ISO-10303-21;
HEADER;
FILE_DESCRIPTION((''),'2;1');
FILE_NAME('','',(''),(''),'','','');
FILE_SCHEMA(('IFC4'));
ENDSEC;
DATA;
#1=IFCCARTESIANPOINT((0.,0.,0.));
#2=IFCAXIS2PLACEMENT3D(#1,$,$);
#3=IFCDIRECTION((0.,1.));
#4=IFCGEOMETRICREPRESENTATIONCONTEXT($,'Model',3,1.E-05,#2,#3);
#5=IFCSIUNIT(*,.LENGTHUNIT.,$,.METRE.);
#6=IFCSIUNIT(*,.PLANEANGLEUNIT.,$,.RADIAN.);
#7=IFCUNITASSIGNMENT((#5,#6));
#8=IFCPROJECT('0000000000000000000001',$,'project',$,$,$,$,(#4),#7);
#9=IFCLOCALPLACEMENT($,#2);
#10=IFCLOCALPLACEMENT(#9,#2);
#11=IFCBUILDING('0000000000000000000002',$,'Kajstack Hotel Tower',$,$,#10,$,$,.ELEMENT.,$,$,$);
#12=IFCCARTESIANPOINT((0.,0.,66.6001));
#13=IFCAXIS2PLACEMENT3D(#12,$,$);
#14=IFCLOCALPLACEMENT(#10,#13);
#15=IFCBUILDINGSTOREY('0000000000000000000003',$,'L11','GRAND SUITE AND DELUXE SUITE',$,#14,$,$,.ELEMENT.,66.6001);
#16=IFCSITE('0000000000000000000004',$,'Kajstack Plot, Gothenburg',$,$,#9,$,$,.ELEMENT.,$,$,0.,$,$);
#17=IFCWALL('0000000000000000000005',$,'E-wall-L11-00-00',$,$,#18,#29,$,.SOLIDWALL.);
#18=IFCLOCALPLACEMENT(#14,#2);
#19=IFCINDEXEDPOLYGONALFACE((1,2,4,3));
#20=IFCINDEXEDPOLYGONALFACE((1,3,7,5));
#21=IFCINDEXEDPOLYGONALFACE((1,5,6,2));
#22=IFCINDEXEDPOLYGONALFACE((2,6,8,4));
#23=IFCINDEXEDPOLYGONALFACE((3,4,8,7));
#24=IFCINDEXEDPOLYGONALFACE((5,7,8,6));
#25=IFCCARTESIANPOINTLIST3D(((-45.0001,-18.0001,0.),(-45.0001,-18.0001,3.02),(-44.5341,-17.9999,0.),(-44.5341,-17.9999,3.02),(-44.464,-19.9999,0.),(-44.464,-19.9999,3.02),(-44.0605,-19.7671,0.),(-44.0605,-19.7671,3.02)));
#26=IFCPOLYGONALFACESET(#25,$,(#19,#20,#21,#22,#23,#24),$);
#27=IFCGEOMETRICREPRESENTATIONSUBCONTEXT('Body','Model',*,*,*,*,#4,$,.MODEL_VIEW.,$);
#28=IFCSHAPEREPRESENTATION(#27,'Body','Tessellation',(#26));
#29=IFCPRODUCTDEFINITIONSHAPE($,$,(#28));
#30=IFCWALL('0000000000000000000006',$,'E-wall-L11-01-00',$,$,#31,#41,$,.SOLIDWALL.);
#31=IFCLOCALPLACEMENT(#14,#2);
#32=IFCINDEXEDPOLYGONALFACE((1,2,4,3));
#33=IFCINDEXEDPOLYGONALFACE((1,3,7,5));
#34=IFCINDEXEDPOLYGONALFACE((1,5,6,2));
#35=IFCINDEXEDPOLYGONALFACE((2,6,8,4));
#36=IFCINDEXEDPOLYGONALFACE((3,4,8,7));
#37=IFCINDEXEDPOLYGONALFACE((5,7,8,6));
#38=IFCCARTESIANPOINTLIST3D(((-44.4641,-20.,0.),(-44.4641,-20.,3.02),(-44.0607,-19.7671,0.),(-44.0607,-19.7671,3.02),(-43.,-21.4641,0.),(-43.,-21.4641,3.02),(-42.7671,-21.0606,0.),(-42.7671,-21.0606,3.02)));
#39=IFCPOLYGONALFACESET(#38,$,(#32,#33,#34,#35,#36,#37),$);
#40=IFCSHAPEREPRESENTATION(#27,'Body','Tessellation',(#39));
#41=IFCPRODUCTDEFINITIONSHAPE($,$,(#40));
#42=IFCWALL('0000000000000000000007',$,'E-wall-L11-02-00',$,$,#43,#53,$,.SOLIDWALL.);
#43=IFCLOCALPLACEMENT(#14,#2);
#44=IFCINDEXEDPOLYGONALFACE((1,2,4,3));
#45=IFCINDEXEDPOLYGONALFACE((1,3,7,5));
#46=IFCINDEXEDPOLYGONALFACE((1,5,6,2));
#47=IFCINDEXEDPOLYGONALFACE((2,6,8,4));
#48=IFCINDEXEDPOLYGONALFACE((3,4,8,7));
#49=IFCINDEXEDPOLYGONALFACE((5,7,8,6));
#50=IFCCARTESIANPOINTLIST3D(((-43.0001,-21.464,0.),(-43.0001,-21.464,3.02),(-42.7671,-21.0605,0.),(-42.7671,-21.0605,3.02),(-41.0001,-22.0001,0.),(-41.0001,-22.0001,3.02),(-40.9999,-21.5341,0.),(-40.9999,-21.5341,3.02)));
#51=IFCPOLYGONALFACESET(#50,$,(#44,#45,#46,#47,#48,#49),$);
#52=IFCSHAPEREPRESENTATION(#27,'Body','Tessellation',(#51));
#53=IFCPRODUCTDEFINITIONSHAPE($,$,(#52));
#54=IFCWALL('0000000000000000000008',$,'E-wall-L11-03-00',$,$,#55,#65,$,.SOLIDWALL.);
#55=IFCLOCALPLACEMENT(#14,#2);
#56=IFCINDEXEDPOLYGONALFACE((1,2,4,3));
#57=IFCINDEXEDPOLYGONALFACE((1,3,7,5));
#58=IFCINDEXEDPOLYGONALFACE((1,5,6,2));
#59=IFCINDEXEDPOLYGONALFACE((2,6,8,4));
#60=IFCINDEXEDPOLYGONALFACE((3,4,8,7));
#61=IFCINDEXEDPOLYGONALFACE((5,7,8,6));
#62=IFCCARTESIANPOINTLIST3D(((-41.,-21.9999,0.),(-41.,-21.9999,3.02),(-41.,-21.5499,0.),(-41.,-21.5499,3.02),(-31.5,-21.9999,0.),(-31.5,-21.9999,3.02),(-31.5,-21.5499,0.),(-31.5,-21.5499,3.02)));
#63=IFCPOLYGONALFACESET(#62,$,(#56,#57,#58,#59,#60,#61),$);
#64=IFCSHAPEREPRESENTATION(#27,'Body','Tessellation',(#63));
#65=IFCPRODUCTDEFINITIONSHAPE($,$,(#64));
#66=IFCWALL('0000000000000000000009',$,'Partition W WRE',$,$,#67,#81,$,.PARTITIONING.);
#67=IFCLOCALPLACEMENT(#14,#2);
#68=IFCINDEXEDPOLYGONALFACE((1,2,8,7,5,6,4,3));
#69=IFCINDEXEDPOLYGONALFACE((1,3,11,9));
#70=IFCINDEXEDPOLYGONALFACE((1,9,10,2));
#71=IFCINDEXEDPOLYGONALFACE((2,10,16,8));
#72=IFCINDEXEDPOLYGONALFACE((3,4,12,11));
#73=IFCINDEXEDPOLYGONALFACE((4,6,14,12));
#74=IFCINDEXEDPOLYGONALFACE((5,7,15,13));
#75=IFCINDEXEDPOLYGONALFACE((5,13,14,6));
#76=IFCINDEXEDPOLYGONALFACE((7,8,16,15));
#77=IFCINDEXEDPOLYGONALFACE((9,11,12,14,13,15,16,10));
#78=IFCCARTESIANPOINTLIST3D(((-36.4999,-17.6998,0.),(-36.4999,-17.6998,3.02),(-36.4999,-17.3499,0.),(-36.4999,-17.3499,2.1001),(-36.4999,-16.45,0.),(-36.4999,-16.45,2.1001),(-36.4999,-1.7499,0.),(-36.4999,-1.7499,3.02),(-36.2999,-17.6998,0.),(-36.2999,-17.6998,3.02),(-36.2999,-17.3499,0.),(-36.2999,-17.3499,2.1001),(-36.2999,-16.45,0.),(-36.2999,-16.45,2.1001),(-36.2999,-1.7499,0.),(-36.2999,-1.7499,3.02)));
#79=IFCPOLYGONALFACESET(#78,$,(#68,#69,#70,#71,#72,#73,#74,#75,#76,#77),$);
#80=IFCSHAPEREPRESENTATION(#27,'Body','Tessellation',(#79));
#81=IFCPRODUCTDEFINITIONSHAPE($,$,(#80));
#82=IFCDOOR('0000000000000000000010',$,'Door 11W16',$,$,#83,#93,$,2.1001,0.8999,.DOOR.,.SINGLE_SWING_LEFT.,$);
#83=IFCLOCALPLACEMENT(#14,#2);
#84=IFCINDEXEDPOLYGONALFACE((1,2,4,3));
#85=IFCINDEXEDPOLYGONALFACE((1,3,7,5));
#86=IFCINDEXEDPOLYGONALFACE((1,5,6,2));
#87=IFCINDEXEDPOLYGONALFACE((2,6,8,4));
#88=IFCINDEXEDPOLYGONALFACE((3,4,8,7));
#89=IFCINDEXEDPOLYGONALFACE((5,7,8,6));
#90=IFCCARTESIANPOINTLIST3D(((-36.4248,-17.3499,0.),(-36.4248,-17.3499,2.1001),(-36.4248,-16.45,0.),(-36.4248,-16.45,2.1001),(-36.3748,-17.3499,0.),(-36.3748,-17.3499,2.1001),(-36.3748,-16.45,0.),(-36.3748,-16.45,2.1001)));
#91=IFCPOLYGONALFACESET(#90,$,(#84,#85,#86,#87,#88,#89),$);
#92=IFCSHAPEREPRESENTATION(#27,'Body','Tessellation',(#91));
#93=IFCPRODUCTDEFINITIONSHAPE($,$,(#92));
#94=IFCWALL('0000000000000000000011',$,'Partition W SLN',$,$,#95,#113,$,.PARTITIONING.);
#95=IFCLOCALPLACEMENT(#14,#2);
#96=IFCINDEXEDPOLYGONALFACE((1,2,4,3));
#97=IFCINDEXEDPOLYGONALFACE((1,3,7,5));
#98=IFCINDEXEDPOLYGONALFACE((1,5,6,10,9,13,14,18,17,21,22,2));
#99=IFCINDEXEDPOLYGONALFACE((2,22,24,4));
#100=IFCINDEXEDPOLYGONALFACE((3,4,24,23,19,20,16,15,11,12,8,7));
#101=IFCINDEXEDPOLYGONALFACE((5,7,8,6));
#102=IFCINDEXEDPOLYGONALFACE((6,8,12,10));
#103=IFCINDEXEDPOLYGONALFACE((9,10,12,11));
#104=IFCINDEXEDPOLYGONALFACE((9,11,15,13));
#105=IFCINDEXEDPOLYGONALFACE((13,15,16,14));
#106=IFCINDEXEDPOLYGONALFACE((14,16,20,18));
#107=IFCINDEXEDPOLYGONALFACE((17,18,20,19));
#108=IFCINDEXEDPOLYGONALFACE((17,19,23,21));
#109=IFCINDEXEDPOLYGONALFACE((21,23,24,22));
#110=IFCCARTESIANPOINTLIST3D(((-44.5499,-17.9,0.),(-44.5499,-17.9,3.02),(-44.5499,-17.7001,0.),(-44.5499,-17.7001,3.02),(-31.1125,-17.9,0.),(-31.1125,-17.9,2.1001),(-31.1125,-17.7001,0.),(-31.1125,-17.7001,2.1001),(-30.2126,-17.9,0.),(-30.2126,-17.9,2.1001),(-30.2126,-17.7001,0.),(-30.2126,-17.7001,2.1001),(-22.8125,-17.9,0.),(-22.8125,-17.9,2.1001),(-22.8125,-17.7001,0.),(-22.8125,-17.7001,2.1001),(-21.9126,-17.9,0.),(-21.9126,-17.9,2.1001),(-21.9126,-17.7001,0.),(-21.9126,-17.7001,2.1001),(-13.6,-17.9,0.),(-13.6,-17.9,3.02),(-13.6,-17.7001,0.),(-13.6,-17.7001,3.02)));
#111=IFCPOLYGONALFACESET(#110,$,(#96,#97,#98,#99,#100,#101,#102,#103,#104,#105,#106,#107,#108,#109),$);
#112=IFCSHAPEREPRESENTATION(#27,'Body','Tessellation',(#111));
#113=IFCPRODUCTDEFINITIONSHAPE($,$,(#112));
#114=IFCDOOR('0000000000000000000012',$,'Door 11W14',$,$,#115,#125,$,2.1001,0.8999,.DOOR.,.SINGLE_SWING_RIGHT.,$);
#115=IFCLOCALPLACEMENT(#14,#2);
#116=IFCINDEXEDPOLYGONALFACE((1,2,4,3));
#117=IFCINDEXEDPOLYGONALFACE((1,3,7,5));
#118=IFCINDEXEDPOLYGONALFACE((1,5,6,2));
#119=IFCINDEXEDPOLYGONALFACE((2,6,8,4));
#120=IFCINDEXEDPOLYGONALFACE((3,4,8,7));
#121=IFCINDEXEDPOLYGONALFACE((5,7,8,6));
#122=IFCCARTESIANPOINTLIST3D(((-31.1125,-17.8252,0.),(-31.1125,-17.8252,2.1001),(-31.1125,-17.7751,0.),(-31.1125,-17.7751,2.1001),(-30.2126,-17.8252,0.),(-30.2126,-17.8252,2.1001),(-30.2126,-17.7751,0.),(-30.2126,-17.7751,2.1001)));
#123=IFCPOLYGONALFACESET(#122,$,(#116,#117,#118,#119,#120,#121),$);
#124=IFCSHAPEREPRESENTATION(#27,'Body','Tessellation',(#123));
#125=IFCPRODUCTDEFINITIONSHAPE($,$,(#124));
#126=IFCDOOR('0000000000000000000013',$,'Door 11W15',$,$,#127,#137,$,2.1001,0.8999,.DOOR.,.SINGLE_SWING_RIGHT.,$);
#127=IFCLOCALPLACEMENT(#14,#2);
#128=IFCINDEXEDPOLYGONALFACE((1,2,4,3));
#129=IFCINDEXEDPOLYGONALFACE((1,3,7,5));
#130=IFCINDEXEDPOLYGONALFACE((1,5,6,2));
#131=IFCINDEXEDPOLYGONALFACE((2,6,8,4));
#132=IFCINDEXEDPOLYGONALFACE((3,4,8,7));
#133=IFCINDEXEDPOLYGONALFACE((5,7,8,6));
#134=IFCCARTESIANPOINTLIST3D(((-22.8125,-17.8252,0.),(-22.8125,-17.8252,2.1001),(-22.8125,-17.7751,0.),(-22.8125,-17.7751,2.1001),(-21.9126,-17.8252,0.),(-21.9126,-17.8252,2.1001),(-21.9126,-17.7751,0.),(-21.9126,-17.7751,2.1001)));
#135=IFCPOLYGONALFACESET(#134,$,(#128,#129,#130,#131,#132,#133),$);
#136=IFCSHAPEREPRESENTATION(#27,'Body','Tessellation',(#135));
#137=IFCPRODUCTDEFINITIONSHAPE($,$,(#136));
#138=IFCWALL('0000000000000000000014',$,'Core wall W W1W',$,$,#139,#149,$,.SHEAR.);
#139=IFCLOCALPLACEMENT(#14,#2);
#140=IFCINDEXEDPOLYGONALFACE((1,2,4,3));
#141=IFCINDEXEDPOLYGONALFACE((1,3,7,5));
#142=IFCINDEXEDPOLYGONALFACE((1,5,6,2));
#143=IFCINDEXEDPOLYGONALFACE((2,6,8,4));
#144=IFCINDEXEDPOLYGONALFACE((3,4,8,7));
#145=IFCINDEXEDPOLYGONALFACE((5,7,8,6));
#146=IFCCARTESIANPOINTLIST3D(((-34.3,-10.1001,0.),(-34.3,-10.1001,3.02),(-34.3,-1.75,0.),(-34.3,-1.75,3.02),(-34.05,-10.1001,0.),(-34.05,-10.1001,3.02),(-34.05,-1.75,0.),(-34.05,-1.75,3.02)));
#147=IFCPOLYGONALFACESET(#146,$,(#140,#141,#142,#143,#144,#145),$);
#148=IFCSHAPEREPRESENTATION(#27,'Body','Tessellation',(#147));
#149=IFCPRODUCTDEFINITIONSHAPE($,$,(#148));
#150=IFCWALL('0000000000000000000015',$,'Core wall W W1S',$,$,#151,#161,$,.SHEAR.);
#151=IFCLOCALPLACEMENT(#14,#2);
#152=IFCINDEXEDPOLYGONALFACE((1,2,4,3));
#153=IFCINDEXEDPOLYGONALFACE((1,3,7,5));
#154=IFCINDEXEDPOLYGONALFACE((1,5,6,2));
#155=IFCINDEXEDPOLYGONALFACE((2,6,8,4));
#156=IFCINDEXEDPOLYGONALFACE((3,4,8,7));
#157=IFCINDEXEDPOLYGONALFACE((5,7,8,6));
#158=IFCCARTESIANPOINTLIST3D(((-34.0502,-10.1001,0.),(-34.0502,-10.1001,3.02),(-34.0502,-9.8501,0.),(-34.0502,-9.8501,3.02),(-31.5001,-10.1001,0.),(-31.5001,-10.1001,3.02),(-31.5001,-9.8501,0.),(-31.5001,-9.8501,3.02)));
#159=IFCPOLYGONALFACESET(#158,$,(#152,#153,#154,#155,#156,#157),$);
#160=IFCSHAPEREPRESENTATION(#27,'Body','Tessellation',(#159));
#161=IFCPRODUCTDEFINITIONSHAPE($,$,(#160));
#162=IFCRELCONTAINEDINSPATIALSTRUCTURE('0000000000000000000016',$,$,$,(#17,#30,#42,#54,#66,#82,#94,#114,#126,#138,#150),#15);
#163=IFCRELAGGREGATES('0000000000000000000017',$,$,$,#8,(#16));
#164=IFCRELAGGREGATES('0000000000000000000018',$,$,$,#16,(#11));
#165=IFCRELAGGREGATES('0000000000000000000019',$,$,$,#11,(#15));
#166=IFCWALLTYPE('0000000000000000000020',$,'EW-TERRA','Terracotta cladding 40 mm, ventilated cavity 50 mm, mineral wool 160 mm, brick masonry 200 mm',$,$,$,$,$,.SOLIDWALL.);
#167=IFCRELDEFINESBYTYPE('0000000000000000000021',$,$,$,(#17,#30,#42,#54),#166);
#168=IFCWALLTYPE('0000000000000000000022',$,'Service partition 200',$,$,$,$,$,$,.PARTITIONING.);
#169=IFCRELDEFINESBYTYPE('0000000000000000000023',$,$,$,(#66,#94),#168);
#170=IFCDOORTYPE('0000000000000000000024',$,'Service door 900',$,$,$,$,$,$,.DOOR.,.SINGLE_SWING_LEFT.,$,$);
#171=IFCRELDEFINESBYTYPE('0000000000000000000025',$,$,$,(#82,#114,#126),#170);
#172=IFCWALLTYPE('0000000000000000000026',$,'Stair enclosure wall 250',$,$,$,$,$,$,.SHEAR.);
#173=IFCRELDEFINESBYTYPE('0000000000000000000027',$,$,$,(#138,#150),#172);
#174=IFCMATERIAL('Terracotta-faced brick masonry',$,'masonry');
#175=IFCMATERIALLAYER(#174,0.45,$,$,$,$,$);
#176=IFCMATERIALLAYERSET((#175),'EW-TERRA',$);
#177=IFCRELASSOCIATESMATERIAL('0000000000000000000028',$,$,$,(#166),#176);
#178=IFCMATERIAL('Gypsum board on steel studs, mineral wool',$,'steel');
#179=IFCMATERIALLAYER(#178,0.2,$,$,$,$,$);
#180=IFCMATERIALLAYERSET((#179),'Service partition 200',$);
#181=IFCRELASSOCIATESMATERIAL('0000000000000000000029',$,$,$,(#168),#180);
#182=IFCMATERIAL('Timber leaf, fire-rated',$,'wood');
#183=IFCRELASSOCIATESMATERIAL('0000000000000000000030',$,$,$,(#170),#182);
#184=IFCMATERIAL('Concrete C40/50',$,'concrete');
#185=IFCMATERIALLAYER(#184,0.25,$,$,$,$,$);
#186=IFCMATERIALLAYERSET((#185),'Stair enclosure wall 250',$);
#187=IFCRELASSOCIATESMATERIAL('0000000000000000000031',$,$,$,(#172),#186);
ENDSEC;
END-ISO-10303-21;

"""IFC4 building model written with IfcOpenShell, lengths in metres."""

from ifc_helpers import new_model, si_unit, direction, frame, frame_2d, origin, place, context, subcontext, project, spatial, polyline, rectangle, outline, extrude, material, layer, layer_set, type_object, element, fill, save


model = new_model("IFC4")

# Units and contexts
model_context = context("Model", 3, precision=1e-05, world=origin(), true_north=direction((0.0, 1.0)))
body_context = subcontext(model_context, "Body", "Model", "MODEL_VIEW")
ifc_project = project(units=[si_unit("LENGTHUNIT", "METRE"), si_unit("PLANEANGLEUNIT", "RADIAN")], contexts=[model_context])

# Site, building, storey
site_placement = place(None, origin())
site = spatial("IfcSite", under=ifc_project, at=site_placement, Name="Kajstack Plot, Gothenburg", CompositionType="ELEMENT", RefElevation=0.0)
building_placement = place(site_placement, origin())
building = spatial("IfcBuilding", under=site, at=building_placement, Name="Kajstack Hotel Tower", CompositionType="ELEMENT")
storey_placement = place(building_placement, frame((0.0, 0.0, 66.6001)))
storey = spatial("IfcBuildingStorey", under=building, at=storey_placement, Name="L11", Description="GRAND SUITE AND DELUXE SUITE", CompositionType="ELEMENT", Elevation=66.6001)

# Walls
ifc_material_1 = material(Name="Terracotta-faced brick masonry", Category="masonry")
ifc_layer_1 = layer(ifc_material_1, 0.45)
ifc_layer_set_1 = layer_set([ifc_layer_1], Name="EW-TERRA")
wall_type_1 = type_object("IfcWallType", Name="EW-TERRA", Description="Terracotta cladding 40 mm, ventilated cavity 50 mm, mineral wool 160 mm, brick masonry 200 mm", PredefinedType="SOLIDWALL", material=ifc_layer_set_1)
wall_1_placement = place(storey_placement, frame((-44.7827, -17.9417, 0.0), z_axis=(0.0, 0.0, 1.0), x_axis=(0.258815, -0.965927, 0.0)))
element("IfcWall", 1, at=wall_1_placement, inside=storey, type_object=wall_type_1, Name="E-wall-L11-00-00", PredefinedType="SOLIDWALL", context=body_context, shape_type="SweptSolid", body=[
    extrude(outline(polyline([(0.0002, -0.2251), (2.0706, -0.2249), (1.9502, 0.2251), (0.1206, 0.2251), (0.0002, -0.2251)])), origin(), (0.0, 0.0, 1.0), 3.02),
])
wall_2_placement = place(storey_placement, frame((-44.3049, -19.8408, 0.0), z_axis=(0.0, 0.0, 1.0), x_axis=(0.707107, -0.707107, 0.0)))
element("IfcWall", 2, at=wall_2_placement, inside=storey, type_object=wall_type_1, Name="E-wall-L11-01-00", PredefinedType="SOLIDWALL", context=body_context, shape_type="SweptSolid", body=[
    extrude(outline(polyline([(0.0, -0.2251), (2.0706, -0.2251), (1.95, 0.2249), (0.1206, 0.2249), (0.0, -0.2251)])), origin(), (0.0, 0.0, 1.0), 3.02),
])
wall_3_placement = place(storey_placement, frame((-42.9417, -21.2468, 0.0), z_axis=(0.0, 0.0, 1.0), x_axis=(0.965927, -0.258815, 0.0)))
element("IfcWall", 3, at=wall_3_placement, inside=storey, type_object=wall_type_1, Name="E-wall-L11-02-00", PredefinedType="SOLIDWALL", context=body_context, shape_type="SweptSolid", body=[
    extrude(outline(polyline([(-0.0002, -0.2249), (2.0703, -0.2251), (1.95, 0.2251), (0.1204, 0.2251), (-0.0002, -0.2249)])), origin(), (0.0, 0.0, 1.0), 3.02),
])
wall_4_placement = place(storey_placement, frame((-41.0, -21.7749, 0.0), z_axis=(0.0, 0.0, 1.0), x_axis=(1.0, 0.0, 0.0)))
element("IfcWall", 4, at=wall_4_placement, inside=storey, type_object=wall_type_1, Name="E-wall-L11-03-00", PredefinedType="SOLIDWALL", context=body_context, shape_type="SweptSolid", body=[
    extrude(rectangle(XDim=9.5, YDim=0.45, at=frame_2d((4.75, 0.0))), origin(), (0.0, 0.0, 1.0), 3.02),
])

# Wall, opening, door
ifc_material_2 = material(Name="Gypsum board on steel studs, mineral wool", Category="steel")
ifc_layer_2 = layer(ifc_material_2, 0.2)
ifc_layer_set_2 = layer_set([ifc_layer_2], Name="Service partition 200")
wall_type_2 = type_object("IfcWallType", Name="Service partition 200", PredefinedType="PARTITIONING", material=ifc_layer_set_2)
wall_5_placement = place(storey_placement, frame((-36.3999, -17.7, 0.0), z_axis=(0.0, 0.0, 1.0), x_axis=(0.0, 1.0, 0.0)))
wall_5 = element("IfcWall", 5, at=wall_5_placement, inside=storey, type_object=wall_type_2, Name="Partition W WRE", PredefinedType="PARTITIONING", context=body_context, shape_type="SweptSolid", body=[
    extrude(rectangle(XDim=15.95, YDim=0.2, at=frame_2d((7.9751, 0.0))), origin(), (0.0, 0.0, 1.0), 3.02),
])
opening_1_placement = place(wall_5_placement, frame((0.3501, 0.0, 0.0)))
opening_1 = element("IfcOpeningElement", 6, at=opening_1_placement, cuts=wall_5, PredefinedType="OPENING", context=body_context, shape_type="SweptSolid", body=[
    extrude(rectangle(XDim=0.8999, YDim=2.1001, at=frame_2d((0.45, 1.05))), frame((0.0, 0.1099, 0.0), z_axis=(0.0, -1.0, 0.0), x_axis=(1.0, 0.0, 0.0)), (0.0, 0.0, 1.0), 0.22),
])
ifc_material_3 = material(Name="Timber leaf, fire-rated", Category="wood")
door_type = type_object("IfcDoorType", Name="Service door 900", OperationType="SINGLE_SWING_LEFT", PredefinedType="DOOR", material=ifc_material_3)
door_1_placement = place(opening_1_placement, origin())
door_1 = element("IfcDoor", 7, at=door_1_placement, inside=storey, type_object=door_type, Name="Door 11W16", OperationType="SINGLE_SWING_LEFT", OverallHeight=2.1001, OverallWidth=0.8999, PredefinedType="DOOR", context=body_context, shape_type="SweptSolid", body=[
    extrude(rectangle(XDim=0.8999, YDim=2.1001, at=frame_2d((0.45, 1.05))), frame((0.0, 0.0249, 0.0), z_axis=(0.0, -1.0, 0.0), x_axis=(1.0, 0.0, 0.0)), (0.0, 0.0, 1.0), 0.05),
])
fill(opening_1, door_1)

# Wall, openings, doors
wall_6_placement = place(storey_placement, frame((-44.55, -17.8, 0.0), z_axis=(0.0, 0.0, 1.0), x_axis=(1.0, 0.0, 0.0)))
wall_6 = element("IfcWall", 8, at=wall_6_placement, inside=storey, type_object=wall_type_2, Name="Partition W SLN", PredefinedType="PARTITIONING", context=body_context, shape_type="SweptSolid", body=[
    extrude(rectangle(XDim=30.95, YDim=0.2, at=frame_2d((15.4751, 0.0))), origin(), (0.0, 0.0, 1.0), 3.02),
])
opening_2_placement = place(wall_6_placement, frame((13.4375, 0.0, 0.0)))
opening_2 = element("IfcOpeningElement", 9, at=opening_2_placement, cuts=wall_6, PredefinedType="OPENING", context=body_context, shape_type="SweptSolid", body=[
    extrude(rectangle(XDim=0.8999, YDim=2.1001, at=frame_2d((0.45, 1.05))), frame((0.0, 0.1099, 0.0), z_axis=(0.0, -1.0, 0.0), x_axis=(1.0, 0.0, 0.0)), (0.0, 0.0, 1.0), 0.22),
])
opening_3_placement = place(wall_6_placement, frame((21.7375, 0.0, 0.0)))
opening_3 = element("IfcOpeningElement", 10, at=opening_3_placement, cuts=wall_6, PredefinedType="OPENING", context=body_context, shape_type="SweptSolid", body=[
    extrude(rectangle(XDim=0.8999, YDim=2.1001, at=frame_2d((0.45, 1.05))), frame((0.0, 0.1099, 0.0), z_axis=(0.0, -1.0, 0.0), x_axis=(1.0, 0.0, 0.0)), (0.0, 0.0, 1.0), 0.22),
])
door_2_placement = place(opening_2_placement, origin())
door_2 = element("IfcDoor", 11, at=door_2_placement, inside=storey, type_object=door_type, Name="Door 11W14", OperationType="SINGLE_SWING_RIGHT", OverallHeight=2.1001, OverallWidth=0.8999, PredefinedType="DOOR", context=body_context, shape_type="SweptSolid", body=[
    extrude(rectangle(XDim=0.8999, YDim=2.1001, at=frame_2d((0.45, 1.05))), frame((0.0, 0.0249, 0.0), z_axis=(0.0, -1.0, 0.0), x_axis=(1.0, 0.0, 0.0)), (0.0, 0.0, 1.0), 0.05),
])
fill(opening_2, door_2)
door_3_placement = place(opening_3_placement, origin())
door_3 = element("IfcDoor", 12, at=door_3_placement, inside=storey, type_object=door_type, Name="Door 11W15", OperationType="SINGLE_SWING_RIGHT", OverallHeight=2.1001, OverallWidth=0.8999, PredefinedType="DOOR", context=body_context, shape_type="SweptSolid", body=[
    extrude(rectangle(XDim=0.8999, YDim=2.1001, at=frame_2d((0.45, 1.05))), frame((0.0, 0.0249, 0.0), z_axis=(0.0, -1.0, 0.0), x_axis=(1.0, 0.0, 0.0)), (0.0, 0.0, 1.0), 0.05),
])
fill(opening_3, door_3)

# Walls
ifc_material_4 = material(Name="Concrete C40/50", Category="concrete")
ifc_layer_3 = layer(ifc_material_4, 0.25)
ifc_layer_set_3 = layer_set([ifc_layer_3], Name="Stair enclosure wall 250")
wall_type_3 = type_object("IfcWallType", Name="Stair enclosure wall 250", PredefinedType="SHEAR", material=ifc_layer_set_3)
wall_7_placement = place(storey_placement, frame((-34.175, -10.1001, 0.0), z_axis=(0.0, 0.0, 1.0), x_axis=(0.0, 1.0, 0.0)))
element("IfcWall", 13, at=wall_7_placement, inside=storey, type_object=wall_type_3, Name="Core wall W W1W", PredefinedType="SHEAR", context=body_context, shape_type="SweptSolid", body=[
    extrude(rectangle(XDim=8.3501, YDim=0.25, at=frame_2d((4.175, 0.0))), origin(), (0.0, 0.0, 1.0), 3.02),
])
wall_8_placement = place(storey_placement, frame((-34.05, -9.9751, 0.0), z_axis=(0.0, 0.0, 1.0), x_axis=(1.0, 0.0, 0.0)))
element("IfcWall", 14, at=wall_8_placement, inside=storey, type_object=wall_type_3, Name="Core wall W W1S", PredefinedType="SHEAR", context=body_context, shape_type="SweptSolid", body=[
    extrude(rectangle(XDim=2.55, YDim=0.25, at=frame_2d((1.2749, 0.0))), origin(), (0.0, 0.0, 1.0), 3.02),
])

save(model, "model.ifc")
